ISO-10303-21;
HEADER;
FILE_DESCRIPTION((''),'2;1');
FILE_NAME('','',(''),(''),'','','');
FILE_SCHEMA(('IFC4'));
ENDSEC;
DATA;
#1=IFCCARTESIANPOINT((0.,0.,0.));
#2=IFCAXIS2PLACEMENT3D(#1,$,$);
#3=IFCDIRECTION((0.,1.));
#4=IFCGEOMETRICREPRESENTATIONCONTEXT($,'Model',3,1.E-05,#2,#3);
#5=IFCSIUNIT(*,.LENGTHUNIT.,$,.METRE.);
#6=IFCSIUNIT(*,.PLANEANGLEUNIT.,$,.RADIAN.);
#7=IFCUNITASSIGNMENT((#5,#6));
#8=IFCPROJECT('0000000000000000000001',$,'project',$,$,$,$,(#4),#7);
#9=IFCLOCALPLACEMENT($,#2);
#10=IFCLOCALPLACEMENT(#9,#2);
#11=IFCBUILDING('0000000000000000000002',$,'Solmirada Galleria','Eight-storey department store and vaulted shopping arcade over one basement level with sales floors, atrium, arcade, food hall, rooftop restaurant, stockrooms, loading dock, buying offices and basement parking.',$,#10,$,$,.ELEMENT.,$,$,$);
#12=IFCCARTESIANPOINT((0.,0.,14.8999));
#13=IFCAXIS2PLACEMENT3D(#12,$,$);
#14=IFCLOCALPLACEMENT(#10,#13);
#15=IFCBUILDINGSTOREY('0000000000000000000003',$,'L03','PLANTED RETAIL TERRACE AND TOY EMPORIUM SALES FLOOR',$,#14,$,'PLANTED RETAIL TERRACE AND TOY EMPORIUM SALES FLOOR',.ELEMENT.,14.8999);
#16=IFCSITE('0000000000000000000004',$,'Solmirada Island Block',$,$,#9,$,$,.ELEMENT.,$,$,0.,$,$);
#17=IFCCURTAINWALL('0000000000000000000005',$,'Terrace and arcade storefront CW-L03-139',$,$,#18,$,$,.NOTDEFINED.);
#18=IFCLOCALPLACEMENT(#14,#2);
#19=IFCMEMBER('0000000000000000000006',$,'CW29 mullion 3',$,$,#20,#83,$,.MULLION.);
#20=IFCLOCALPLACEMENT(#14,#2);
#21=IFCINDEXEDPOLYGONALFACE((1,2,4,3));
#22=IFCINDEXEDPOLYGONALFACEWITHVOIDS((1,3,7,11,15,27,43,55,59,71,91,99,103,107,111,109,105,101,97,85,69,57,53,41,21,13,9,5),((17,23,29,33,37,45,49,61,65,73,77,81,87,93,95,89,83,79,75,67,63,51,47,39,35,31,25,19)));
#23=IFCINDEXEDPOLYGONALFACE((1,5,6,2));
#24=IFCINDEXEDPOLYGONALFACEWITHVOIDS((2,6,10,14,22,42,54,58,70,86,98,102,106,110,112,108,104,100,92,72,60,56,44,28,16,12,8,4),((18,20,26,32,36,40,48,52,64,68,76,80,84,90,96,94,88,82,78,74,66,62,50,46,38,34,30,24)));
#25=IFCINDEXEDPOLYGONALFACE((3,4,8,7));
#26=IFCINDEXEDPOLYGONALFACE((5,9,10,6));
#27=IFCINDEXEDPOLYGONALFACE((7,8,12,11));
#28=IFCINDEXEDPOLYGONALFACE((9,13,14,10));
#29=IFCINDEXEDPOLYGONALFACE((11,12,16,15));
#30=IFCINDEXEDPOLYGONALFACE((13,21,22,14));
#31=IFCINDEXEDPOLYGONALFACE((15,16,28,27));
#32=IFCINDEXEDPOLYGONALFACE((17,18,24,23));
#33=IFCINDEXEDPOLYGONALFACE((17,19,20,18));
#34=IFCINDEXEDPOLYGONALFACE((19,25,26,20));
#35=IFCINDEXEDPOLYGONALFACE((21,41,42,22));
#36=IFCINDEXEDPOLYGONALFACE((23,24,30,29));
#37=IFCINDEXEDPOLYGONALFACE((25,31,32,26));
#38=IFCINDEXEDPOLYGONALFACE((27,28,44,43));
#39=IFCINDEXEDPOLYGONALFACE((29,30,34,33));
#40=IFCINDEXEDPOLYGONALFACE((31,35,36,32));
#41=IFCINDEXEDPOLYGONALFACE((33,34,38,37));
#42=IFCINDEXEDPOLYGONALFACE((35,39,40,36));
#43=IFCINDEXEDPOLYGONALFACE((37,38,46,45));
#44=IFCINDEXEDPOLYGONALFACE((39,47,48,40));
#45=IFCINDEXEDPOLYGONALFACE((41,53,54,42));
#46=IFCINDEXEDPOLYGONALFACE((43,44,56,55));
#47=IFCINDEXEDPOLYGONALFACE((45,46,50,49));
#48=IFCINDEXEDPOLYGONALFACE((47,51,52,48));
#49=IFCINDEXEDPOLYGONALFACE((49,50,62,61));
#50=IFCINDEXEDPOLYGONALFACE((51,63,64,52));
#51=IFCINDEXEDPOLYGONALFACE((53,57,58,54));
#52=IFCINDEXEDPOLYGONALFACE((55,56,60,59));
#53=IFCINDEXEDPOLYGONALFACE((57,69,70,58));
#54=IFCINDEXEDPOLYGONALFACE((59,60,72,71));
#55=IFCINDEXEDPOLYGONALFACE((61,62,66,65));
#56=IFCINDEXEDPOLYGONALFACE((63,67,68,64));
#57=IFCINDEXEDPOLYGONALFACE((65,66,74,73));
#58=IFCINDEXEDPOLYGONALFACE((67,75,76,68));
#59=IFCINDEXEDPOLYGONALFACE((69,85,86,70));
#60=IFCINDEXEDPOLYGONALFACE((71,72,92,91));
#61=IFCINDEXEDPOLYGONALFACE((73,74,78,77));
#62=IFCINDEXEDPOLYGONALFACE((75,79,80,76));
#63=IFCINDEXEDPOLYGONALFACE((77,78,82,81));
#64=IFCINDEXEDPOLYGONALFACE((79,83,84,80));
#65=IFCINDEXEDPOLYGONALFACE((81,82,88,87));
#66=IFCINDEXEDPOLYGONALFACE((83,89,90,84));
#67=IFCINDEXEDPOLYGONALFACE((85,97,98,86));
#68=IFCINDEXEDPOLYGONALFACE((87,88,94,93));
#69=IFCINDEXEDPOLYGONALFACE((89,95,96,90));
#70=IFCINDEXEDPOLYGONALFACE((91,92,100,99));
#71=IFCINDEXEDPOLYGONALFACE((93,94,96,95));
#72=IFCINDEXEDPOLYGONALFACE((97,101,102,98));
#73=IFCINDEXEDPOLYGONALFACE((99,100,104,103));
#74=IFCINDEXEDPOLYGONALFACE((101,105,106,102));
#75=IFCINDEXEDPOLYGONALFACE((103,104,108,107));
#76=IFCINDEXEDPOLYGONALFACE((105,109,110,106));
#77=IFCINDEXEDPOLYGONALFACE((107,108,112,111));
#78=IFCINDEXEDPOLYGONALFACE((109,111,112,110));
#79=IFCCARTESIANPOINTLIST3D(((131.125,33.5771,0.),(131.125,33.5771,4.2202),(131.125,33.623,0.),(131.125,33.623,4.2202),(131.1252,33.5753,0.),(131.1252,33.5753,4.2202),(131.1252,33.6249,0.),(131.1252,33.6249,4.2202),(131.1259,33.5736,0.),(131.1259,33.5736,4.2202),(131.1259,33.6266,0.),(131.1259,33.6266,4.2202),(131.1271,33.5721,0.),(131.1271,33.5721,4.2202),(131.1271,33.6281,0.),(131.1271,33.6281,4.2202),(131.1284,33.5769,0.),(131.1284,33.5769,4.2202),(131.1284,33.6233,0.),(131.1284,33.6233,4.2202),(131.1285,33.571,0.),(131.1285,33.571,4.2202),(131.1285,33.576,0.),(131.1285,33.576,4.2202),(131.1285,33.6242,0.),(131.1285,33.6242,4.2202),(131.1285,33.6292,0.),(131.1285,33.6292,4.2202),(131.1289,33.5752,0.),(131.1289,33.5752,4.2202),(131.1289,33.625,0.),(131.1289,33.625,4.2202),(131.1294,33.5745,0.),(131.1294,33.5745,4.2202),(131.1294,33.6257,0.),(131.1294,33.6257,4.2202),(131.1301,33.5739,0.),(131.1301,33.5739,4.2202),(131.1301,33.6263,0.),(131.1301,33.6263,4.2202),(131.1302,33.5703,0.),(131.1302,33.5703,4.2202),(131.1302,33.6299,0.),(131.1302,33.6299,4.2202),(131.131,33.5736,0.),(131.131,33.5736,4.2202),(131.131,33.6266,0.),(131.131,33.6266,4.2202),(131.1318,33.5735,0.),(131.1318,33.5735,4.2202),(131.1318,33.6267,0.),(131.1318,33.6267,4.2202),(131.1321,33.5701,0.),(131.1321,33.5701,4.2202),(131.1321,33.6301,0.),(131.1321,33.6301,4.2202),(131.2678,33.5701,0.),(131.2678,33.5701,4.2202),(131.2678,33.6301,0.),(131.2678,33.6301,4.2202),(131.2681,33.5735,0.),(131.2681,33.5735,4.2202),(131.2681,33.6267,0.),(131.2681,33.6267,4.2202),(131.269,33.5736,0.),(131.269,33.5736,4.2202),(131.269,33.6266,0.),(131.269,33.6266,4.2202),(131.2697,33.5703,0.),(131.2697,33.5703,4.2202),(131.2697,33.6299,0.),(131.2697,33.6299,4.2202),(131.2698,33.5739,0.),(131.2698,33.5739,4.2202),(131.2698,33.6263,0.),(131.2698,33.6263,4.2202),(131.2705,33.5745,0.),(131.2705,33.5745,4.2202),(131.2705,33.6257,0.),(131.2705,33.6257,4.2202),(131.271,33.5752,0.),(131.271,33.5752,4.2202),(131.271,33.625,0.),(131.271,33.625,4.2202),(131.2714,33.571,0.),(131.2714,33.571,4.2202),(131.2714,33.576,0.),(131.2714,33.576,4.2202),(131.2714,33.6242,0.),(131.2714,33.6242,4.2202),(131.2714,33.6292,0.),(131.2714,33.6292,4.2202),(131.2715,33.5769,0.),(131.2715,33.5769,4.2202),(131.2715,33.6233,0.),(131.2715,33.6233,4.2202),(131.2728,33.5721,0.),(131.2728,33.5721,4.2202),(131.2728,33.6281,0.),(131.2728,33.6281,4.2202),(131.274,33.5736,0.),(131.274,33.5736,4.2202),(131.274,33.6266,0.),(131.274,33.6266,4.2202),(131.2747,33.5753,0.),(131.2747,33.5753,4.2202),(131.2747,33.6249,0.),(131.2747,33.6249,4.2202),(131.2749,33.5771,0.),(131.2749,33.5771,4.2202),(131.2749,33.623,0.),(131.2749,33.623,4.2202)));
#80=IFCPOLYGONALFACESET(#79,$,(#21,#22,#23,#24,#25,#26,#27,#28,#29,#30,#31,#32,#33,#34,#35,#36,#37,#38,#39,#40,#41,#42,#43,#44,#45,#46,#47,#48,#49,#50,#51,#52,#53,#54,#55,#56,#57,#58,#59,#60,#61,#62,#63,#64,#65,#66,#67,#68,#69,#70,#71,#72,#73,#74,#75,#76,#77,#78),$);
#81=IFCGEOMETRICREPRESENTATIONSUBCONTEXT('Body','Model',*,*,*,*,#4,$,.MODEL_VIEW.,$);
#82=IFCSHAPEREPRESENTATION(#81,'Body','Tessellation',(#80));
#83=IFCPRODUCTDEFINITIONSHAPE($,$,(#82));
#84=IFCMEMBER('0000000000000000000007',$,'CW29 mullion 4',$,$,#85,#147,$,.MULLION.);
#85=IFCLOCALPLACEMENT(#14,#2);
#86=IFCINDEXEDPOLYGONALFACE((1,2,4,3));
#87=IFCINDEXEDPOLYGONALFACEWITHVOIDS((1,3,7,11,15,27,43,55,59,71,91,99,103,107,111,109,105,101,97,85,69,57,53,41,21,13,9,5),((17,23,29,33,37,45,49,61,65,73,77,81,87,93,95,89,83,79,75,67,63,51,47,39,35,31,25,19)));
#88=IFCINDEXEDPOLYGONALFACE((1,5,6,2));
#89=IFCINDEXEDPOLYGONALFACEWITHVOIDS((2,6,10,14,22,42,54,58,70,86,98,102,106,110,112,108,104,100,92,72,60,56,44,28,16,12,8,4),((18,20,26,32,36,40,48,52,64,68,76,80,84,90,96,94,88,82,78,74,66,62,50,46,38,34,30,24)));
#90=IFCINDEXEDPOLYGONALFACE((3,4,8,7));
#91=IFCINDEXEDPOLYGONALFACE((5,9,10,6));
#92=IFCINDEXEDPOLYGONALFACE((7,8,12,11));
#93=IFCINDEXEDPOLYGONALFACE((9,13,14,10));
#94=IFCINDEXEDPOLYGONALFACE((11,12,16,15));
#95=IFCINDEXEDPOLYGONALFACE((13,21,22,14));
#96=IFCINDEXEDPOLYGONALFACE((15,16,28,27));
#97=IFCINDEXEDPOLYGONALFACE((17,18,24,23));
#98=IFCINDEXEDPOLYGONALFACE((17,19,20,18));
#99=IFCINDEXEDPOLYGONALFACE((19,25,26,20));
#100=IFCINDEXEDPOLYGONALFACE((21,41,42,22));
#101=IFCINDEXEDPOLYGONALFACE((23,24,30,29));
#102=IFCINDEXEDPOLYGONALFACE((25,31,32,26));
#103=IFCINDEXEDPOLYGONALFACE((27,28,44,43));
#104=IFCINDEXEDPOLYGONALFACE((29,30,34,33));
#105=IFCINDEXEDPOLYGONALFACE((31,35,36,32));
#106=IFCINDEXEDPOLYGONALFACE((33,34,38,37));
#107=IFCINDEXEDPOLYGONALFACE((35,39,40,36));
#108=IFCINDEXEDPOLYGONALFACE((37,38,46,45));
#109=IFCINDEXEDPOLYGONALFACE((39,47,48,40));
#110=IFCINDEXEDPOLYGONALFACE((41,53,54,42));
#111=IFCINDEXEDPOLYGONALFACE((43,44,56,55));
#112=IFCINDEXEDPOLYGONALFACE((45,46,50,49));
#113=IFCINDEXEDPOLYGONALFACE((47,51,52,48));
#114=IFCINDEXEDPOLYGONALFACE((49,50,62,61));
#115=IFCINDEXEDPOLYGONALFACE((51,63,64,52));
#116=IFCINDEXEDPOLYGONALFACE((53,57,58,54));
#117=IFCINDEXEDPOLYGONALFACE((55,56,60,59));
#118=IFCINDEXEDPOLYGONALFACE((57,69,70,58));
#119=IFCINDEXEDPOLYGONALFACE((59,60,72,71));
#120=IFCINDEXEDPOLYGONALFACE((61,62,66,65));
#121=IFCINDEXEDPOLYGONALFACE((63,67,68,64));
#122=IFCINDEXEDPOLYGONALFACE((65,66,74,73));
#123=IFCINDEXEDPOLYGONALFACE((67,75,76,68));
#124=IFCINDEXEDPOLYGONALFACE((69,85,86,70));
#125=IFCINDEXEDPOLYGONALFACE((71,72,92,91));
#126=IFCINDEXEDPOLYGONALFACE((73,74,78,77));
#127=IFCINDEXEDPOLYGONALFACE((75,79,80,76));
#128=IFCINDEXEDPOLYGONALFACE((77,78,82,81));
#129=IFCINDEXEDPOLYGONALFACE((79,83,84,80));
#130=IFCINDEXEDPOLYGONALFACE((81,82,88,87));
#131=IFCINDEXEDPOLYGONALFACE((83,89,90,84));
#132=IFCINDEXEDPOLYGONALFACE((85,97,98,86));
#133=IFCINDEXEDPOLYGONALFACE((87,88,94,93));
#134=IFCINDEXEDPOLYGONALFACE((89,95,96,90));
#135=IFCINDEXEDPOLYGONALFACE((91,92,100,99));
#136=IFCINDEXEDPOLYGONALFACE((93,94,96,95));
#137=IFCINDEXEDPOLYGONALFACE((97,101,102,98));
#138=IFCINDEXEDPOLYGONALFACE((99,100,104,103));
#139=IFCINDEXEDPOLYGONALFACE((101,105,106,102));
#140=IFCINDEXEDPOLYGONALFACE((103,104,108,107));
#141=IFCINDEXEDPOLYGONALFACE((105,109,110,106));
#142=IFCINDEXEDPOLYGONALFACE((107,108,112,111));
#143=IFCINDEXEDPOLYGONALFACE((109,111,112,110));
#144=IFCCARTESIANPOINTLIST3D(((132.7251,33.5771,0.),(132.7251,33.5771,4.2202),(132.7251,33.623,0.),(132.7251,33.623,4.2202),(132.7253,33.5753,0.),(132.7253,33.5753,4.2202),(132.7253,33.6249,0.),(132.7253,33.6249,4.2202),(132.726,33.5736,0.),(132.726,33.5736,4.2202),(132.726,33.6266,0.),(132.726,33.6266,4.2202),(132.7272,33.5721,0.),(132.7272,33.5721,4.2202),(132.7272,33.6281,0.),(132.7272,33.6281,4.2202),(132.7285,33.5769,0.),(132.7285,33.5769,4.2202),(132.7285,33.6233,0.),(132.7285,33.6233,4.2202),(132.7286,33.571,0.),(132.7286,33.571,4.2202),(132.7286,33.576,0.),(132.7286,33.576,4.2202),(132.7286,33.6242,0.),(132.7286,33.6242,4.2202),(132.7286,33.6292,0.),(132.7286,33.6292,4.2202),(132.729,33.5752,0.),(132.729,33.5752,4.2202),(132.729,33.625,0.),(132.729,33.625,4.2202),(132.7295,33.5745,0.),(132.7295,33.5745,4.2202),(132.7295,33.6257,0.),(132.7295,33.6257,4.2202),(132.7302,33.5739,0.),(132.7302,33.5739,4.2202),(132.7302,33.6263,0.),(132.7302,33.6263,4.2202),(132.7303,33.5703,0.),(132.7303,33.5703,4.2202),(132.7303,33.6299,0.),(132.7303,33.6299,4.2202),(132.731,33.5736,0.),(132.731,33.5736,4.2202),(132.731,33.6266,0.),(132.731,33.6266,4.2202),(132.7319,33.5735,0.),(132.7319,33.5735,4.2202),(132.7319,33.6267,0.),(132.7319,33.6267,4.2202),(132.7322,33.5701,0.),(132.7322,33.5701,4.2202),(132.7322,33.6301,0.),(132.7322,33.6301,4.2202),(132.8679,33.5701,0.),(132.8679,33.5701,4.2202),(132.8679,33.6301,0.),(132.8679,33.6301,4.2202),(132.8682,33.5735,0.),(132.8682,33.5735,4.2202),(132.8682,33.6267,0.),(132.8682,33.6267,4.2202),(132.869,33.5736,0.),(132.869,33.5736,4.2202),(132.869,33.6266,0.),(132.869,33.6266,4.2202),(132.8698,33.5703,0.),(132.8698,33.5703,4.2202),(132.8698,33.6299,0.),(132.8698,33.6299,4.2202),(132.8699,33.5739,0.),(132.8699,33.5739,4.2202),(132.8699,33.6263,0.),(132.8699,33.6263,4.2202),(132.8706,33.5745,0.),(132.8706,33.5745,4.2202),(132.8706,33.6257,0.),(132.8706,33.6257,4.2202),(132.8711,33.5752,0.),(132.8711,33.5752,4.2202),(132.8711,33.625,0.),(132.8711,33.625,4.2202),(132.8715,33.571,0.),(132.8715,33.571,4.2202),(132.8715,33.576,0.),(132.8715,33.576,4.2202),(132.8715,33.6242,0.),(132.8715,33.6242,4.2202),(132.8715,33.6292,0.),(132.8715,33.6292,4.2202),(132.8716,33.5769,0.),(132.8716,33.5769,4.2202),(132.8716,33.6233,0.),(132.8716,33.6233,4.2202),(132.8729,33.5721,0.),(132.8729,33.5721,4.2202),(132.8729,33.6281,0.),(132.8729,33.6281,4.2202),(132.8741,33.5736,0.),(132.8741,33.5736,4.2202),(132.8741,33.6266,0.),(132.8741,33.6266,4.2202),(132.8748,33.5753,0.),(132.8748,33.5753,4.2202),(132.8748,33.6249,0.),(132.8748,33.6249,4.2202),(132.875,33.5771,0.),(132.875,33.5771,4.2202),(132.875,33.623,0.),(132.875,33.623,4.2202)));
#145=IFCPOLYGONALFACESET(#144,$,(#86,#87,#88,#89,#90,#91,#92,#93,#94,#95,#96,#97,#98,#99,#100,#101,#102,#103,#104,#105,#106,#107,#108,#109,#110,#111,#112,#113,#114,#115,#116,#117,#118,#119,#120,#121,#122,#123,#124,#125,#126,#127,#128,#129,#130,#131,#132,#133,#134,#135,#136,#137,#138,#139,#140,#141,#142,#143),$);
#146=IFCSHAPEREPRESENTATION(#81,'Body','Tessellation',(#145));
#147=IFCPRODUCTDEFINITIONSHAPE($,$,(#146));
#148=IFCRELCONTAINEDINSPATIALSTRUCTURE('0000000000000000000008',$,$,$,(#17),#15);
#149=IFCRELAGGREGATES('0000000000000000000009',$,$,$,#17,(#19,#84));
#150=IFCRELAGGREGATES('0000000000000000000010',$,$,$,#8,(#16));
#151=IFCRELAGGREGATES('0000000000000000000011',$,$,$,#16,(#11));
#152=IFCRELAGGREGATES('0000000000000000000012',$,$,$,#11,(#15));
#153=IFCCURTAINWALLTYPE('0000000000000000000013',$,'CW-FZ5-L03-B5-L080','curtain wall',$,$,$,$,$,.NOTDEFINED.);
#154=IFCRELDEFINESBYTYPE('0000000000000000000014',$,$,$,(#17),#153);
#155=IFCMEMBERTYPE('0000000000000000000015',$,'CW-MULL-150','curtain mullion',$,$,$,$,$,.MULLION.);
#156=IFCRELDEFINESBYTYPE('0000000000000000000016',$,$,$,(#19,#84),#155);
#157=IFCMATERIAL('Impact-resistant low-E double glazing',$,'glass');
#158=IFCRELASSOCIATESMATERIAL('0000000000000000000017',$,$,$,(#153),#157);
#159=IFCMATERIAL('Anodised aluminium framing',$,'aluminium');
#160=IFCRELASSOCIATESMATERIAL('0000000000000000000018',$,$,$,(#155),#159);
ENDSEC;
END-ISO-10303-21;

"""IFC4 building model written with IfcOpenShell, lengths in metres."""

from ifc_helpers import new_model, si_unit, direction, frame, origin, origin_2d, place, context, subcontext, project, spatial, hollow_rectangle, extrude, material, material_profile, profile_set, type_object, element, aggregate, save


model = new_model("IFC4")

# Units and contexts
model_context = context("Model", 3, precision=1e-05, world=origin(), true_north=direction((0.0, 1.0)))
body_context = subcontext(model_context, "Body", "Model", "MODEL_VIEW")
ifc_project = project(units=[si_unit("LENGTHUNIT", "METRE"), si_unit("PLANEANGLEUNIT", "RADIAN")], contexts=[model_context])

# Site, building, storey
site_placement = place(None, origin())
site = spatial("IfcSite", under=ifc_project, at=site_placement, Name="Solmirada Island Block", CompositionType="ELEMENT", RefElevation=0.0)
building_placement = place(site_placement, origin())
building = spatial("IfcBuilding", under=site, at=building_placement, Name="Solmirada Galleria", Description="Eight-storey department store and vaulted shopping arcade over one basement level with sales floors, atrium, arcade, food hall, rooftop restaurant, stockrooms, loading dock, buying offices and basement parking.", CompositionType="ELEMENT")
storey_placement = place(building_placement, frame((0.0, 0.0, 14.8999)))
storey = spatial("IfcBuildingStorey", under=building, at=storey_placement, Name="L03", Description="PLANTED RETAIL TERRACE AND TOY EMPORIUM SALES FLOOR", LongName="PLANTED RETAIL TERRACE AND TOY EMPORIUM SALES FLOOR", CompositionType="ELEMENT", Elevation=14.8999)

# Curtain wall, members
ifc_material_1 = material(Name="Impact-resistant low-E double glazing", Category="glass")
curtain_wall_type = type_object("IfcCurtainWallType", Name="CW-FZ5-L03-B5-L080", Description="curtain wall", PredefinedType="NOTDEFINED", material=ifc_material_1)
curtain_wall_placement = place(storey_placement, origin())
curtain_wall = element("IfcCurtainWall", 1, at=curtain_wall_placement, inside=storey, type_object=curtain_wall_type, Name="Terrace and arcade storefront CW-L03-139", PredefinedType="NOTDEFINED")
ifc_material_2 = material(Name="Anodised aluminium framing", Category="aluminium")
ifc_material_profile_1 = material_profile(ifc_material_2, hollow_rectangle(XDim=0.0601, YDim=0.1499, WallThickness=0.0034, InnerFilletRadius=0.0034, OuterFilletRadius=0.0071, at=origin_2d()), Name="ALU-MULL-150X60")
ifc_profile_set_1 = profile_set([ifc_material_profile_1], Name="Anodised aluminium framing")
member_type_1 = type_object("IfcMemberType", Name="CW-MULL-150", Description="curtain mullion", PredefinedType="MULLION", material=ifc_profile_set_1)
member_1_placement = place(storey_placement, frame((131.2, 33.6001, 0.0), z_axis=(0.0, 0.0, 1.0), x_axis=(0.0, 1.0, 0.0)))
member_1 = element("IfcMember", 2, at=member_1_placement, type_object=member_type_1, Name="CW29 mullion 3", PredefinedType="MULLION", context=body_context, shape_type="SweptSolid", body=[
    extrude(hollow_rectangle(XDim=0.0601, YDim=0.1499, WallThickness=0.0034, InnerFilletRadius=0.0034, OuterFilletRadius=0.0071, at=origin_2d()), origin(), (0.0, 0.0, 1.0), 4.2202),
])
member_2_placement = place(storey_placement, frame((132.8, 33.6001, 0.0), z_axis=(0.0, 0.0, 1.0), x_axis=(0.0, 1.0, 0.0)))
member_2 = element("IfcMember", 3, at=member_2_placement, type_object=member_type_1, Name="CW29 mullion 4", PredefinedType="MULLION", context=body_context, shape_type="SweptSolid", body=[
    extrude(hollow_rectangle(XDim=0.0601, YDim=0.1499, WallThickness=0.0034, InnerFilletRadius=0.0034, OuterFilletRadius=0.0071, at=origin_2d()), origin(), (0.0, 0.0, 1.0), 4.2202),
])
aggregate(curtain_wall, [member_1, member_2])

save(model, "model.ifc")
